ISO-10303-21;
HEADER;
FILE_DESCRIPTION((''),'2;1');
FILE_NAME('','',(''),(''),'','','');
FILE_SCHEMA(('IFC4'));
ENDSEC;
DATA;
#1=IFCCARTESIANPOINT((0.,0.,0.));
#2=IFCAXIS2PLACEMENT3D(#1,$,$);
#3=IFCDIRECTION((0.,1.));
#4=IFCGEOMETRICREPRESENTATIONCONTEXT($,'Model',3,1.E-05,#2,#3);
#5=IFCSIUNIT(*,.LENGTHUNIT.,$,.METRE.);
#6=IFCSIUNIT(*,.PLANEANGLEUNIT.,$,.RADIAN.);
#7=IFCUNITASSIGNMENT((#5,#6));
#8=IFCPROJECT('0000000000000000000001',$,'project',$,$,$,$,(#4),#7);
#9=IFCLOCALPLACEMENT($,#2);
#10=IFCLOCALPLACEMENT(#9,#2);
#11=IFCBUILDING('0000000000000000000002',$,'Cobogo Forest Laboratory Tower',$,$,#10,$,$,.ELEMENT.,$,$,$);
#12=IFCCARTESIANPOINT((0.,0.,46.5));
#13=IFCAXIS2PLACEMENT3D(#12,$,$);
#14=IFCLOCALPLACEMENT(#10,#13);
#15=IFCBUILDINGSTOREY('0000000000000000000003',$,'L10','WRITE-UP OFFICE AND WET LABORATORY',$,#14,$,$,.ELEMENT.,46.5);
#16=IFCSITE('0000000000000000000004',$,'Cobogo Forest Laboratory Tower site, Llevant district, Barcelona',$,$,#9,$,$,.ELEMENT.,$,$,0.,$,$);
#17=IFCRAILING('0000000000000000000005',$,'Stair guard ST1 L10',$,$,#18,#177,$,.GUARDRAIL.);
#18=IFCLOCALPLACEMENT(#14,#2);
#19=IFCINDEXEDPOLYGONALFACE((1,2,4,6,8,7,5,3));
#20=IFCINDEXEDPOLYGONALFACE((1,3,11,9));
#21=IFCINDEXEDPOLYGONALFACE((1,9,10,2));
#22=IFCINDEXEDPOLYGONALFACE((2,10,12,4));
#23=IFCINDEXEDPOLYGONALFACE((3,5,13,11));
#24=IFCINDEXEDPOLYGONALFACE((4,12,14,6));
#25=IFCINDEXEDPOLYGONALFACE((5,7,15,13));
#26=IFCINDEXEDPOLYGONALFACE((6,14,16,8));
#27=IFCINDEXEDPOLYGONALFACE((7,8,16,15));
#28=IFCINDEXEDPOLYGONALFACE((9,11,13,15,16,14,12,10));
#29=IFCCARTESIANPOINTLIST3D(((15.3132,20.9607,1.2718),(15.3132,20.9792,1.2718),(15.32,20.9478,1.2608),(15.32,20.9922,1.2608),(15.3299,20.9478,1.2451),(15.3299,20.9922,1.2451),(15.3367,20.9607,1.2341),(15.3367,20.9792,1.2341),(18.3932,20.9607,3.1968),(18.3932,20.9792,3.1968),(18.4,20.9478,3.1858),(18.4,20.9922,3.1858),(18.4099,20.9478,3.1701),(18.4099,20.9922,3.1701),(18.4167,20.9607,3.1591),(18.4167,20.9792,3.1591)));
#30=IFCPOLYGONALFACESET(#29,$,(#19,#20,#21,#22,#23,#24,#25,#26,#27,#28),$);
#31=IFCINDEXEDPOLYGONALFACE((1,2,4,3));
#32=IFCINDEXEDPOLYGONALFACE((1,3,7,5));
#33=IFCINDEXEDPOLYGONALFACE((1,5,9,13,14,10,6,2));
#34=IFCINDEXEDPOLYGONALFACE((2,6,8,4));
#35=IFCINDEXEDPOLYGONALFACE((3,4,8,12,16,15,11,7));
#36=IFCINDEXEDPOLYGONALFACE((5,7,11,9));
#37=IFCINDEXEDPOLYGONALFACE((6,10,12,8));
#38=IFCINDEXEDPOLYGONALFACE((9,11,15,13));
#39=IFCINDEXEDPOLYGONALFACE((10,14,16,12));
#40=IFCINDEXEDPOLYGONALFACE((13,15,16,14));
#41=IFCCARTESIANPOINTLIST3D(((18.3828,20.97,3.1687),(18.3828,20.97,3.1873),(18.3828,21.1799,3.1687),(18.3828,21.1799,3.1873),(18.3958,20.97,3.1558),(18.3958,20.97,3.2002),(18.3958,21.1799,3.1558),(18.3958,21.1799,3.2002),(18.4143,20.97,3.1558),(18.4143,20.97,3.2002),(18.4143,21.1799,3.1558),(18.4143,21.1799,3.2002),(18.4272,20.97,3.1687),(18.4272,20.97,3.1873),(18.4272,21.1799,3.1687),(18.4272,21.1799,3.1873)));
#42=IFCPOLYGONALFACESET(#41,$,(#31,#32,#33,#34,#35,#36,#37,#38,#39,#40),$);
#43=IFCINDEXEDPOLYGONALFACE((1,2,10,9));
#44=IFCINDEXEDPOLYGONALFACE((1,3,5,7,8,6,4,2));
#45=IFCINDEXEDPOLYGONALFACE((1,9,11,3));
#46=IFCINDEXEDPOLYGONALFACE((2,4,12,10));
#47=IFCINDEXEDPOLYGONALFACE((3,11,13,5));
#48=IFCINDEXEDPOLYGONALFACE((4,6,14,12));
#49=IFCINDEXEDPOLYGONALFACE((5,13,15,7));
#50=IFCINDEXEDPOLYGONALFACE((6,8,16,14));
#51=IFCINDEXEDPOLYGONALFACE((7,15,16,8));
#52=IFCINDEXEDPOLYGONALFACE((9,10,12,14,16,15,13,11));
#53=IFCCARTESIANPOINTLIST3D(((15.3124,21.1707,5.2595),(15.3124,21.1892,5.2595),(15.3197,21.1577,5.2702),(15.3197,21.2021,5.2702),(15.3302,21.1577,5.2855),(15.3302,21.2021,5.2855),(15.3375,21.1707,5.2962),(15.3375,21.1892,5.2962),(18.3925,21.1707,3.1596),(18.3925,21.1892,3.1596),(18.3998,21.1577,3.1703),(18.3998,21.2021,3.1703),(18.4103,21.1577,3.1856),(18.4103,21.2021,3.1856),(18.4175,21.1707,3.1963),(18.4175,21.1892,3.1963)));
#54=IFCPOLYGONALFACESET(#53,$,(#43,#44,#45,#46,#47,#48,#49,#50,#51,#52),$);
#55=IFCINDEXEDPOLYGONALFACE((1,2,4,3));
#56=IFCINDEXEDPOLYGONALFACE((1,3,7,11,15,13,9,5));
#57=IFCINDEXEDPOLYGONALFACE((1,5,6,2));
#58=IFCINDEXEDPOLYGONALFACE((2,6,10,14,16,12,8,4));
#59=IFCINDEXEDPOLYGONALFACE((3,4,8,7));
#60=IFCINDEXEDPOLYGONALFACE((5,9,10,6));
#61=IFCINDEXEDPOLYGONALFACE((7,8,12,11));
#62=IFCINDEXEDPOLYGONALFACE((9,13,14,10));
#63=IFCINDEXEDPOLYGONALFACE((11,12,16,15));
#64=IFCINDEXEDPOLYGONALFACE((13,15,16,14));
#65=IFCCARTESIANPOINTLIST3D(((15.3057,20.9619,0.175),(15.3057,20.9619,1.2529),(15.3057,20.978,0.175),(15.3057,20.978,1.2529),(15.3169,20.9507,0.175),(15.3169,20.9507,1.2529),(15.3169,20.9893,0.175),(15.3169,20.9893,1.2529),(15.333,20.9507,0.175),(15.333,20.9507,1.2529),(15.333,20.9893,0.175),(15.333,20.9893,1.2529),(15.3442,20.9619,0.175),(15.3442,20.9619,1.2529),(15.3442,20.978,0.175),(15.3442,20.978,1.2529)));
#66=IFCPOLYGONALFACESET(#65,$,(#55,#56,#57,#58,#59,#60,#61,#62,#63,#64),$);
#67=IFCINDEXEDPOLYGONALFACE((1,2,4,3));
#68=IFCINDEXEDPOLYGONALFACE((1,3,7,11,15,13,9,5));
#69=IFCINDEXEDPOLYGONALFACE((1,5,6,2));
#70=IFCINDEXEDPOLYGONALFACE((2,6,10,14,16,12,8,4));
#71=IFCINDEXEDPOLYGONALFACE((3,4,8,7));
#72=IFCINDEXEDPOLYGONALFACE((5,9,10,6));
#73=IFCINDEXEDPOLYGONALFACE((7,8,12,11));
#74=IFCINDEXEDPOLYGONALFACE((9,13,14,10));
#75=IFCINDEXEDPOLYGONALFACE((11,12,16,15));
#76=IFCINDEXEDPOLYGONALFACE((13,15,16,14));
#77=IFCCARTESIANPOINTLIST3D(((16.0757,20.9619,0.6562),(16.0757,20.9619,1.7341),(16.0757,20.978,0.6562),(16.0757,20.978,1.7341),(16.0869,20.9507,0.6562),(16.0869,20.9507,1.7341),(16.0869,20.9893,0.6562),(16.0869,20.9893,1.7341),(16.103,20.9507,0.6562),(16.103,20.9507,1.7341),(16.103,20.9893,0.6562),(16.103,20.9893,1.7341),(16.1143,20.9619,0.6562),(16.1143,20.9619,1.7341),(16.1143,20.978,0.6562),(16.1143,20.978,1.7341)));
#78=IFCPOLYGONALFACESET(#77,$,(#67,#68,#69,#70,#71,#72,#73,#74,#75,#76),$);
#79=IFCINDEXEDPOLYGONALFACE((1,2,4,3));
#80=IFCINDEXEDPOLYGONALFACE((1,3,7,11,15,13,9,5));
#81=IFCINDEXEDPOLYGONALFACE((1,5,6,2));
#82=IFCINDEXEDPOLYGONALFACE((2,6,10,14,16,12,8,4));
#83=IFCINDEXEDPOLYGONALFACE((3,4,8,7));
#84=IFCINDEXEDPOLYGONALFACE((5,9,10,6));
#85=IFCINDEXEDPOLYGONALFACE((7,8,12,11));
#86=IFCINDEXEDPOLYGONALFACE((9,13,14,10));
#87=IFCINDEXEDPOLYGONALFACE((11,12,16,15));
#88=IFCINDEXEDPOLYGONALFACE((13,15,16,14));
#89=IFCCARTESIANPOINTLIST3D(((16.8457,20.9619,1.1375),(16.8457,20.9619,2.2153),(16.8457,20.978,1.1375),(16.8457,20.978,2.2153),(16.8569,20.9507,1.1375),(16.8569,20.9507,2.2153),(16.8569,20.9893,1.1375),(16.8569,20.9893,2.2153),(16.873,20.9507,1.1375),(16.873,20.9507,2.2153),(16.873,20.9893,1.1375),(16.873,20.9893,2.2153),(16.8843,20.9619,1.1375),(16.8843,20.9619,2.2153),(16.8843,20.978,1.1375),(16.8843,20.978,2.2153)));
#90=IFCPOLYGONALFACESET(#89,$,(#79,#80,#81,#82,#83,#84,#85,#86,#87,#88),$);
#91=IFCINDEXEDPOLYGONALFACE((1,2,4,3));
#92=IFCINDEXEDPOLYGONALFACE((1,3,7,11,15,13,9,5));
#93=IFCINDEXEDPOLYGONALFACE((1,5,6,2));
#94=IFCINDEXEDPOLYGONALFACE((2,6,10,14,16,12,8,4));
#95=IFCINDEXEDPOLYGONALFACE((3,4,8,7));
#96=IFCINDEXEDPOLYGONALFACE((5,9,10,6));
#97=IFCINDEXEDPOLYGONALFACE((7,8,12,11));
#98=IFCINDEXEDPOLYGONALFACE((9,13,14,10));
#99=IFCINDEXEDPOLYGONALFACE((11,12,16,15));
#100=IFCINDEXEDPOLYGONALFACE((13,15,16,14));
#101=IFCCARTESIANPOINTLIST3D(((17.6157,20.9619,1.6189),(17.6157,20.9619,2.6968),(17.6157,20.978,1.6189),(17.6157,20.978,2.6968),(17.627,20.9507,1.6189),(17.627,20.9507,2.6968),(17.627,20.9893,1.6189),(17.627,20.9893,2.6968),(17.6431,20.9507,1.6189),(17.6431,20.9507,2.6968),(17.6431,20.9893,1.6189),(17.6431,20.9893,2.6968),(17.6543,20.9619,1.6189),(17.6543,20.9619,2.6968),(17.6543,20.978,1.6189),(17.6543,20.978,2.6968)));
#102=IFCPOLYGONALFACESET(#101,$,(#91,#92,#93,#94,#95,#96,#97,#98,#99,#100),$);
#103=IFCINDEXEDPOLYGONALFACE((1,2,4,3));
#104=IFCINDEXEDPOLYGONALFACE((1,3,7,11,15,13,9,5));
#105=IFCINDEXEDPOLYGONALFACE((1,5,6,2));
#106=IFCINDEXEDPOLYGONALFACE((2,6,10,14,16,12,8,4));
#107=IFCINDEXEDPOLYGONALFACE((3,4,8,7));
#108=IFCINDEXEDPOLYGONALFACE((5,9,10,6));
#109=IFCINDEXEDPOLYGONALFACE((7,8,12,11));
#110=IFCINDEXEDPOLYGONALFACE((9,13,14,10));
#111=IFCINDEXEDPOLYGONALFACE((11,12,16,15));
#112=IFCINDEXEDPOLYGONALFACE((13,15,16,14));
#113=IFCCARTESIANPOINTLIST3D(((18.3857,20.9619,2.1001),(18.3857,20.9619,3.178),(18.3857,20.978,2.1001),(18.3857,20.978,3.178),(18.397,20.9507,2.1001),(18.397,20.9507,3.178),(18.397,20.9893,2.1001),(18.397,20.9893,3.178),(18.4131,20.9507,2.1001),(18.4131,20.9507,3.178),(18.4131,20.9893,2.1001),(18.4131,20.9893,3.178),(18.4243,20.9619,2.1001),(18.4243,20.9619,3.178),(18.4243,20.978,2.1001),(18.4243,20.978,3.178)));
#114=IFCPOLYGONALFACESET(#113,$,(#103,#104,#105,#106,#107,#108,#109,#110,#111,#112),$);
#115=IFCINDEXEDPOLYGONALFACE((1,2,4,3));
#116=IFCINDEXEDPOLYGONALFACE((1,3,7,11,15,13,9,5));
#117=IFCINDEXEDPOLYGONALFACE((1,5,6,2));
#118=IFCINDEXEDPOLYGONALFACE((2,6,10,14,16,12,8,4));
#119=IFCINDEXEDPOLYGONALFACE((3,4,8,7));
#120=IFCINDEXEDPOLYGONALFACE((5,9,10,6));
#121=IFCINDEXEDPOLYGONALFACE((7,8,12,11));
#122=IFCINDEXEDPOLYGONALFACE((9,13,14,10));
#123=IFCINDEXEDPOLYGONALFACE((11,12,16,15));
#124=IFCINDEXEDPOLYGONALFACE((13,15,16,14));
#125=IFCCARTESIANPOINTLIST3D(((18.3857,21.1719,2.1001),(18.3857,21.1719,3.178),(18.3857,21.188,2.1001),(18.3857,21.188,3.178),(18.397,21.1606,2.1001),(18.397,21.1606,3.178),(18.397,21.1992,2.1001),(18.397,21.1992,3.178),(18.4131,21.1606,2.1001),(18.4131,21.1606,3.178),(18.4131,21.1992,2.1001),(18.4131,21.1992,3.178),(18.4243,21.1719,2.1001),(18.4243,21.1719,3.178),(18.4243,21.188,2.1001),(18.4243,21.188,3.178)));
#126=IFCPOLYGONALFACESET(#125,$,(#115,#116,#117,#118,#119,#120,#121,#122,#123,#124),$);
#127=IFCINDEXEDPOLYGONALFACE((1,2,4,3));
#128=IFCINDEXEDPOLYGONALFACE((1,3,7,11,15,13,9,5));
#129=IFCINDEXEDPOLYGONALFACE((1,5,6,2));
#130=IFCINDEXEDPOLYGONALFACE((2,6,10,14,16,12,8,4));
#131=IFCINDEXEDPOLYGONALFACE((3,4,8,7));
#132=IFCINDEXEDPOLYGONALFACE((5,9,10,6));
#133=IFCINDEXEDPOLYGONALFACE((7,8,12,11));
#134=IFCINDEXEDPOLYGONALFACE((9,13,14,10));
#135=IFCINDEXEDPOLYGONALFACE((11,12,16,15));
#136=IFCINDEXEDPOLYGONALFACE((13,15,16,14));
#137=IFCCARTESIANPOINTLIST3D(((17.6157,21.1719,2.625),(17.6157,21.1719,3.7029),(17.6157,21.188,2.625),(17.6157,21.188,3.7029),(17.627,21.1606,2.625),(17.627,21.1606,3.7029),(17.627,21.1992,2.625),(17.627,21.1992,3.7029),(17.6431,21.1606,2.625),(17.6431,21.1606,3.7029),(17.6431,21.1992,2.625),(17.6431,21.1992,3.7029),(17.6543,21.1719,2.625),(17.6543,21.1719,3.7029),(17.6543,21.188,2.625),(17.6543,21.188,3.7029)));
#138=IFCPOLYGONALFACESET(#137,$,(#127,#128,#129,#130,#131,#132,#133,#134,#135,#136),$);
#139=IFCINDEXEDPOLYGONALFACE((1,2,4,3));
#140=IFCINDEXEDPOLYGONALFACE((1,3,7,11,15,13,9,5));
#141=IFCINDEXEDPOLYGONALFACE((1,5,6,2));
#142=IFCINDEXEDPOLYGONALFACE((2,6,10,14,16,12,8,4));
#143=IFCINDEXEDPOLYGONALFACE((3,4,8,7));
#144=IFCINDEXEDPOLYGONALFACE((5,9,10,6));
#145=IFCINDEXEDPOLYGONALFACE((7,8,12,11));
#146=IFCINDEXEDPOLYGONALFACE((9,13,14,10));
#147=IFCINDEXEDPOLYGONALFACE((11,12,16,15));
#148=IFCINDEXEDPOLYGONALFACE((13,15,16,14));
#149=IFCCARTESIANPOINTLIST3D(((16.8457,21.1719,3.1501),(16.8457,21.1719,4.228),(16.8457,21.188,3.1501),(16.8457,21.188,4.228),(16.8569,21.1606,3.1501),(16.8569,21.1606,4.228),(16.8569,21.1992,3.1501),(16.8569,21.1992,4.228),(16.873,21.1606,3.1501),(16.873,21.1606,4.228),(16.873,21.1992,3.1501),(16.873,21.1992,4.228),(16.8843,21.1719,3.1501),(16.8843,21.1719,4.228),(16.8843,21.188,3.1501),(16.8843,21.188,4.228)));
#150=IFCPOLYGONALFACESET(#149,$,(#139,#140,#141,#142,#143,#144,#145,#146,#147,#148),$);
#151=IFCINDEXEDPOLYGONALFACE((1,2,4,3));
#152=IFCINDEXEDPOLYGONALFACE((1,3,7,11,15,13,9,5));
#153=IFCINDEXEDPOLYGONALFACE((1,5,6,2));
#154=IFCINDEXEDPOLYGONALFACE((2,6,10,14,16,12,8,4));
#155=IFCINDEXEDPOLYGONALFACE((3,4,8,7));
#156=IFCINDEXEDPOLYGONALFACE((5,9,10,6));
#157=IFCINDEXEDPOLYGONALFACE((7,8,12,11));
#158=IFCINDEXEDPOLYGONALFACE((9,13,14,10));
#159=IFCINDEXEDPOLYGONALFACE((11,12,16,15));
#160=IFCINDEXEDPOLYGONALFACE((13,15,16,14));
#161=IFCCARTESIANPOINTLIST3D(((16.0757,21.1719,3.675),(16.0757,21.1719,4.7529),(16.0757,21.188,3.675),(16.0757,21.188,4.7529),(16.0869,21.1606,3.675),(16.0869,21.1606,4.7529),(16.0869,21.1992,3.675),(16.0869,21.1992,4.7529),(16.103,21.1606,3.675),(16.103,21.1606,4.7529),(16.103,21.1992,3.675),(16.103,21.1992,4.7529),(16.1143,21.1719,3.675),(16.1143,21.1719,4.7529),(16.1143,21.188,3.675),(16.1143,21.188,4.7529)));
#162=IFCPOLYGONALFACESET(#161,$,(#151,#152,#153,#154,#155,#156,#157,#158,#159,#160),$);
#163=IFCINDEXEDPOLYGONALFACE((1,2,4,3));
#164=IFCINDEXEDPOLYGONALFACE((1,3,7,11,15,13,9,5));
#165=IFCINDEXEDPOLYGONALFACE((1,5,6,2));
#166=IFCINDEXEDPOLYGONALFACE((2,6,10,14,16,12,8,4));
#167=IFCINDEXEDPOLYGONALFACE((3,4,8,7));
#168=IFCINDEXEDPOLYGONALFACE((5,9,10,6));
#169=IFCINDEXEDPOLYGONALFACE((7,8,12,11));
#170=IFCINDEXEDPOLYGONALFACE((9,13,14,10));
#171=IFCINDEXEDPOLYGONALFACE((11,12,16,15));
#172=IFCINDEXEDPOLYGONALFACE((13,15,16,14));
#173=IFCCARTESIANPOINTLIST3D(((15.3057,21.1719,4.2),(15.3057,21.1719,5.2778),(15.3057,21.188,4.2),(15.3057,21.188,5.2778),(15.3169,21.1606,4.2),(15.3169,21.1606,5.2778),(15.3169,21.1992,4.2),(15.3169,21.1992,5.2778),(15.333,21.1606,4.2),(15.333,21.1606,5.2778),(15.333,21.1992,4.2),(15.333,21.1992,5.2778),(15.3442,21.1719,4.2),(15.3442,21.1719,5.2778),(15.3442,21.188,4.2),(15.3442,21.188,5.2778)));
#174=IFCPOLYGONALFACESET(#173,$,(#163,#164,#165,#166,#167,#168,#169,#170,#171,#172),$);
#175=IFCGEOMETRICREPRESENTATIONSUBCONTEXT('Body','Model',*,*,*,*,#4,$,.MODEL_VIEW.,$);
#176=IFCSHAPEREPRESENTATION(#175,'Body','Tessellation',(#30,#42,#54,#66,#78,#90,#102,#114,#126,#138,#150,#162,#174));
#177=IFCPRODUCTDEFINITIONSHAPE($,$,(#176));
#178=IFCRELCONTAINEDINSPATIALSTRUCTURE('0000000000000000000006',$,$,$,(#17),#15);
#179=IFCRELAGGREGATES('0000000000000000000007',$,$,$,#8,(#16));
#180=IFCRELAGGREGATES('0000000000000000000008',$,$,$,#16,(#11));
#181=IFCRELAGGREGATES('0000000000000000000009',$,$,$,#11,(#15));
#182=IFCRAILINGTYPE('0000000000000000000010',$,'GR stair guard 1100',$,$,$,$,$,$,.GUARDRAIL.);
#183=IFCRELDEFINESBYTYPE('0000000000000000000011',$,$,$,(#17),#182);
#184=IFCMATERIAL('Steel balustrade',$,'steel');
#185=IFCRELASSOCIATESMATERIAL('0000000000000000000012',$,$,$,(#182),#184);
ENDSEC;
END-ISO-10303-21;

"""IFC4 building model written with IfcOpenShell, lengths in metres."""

from ifc_helpers import new_model, si_unit, direction, frame, origin, place, context, subcontext, project, spatial, polyline, outline, extrude, material, type_object, element, save


model = new_model("IFC4")

# Units and contexts
model_context = context("Model", 3, precision=1e-05, world=origin(), true_north=direction((0.0, 1.0)))
body_context = subcontext(model_context, "Body", "Model", "MODEL_VIEW")
ifc_project = project(units=[si_unit("LENGTHUNIT", "METRE"), si_unit("PLANEANGLEUNIT", "RADIAN")], contexts=[model_context])

# Site, building, storey
site_placement = place(None, origin())
site = spatial("IfcSite", under=ifc_project, at=site_placement, Name="Cobogo Forest Laboratory Tower site, Llevant district, Barcelona", CompositionType="ELEMENT", RefElevation=0.0)
building_placement = place(site_placement, origin())
building = spatial("IfcBuilding", under=site, at=building_placement, Name="Cobogo Forest Laboratory Tower", CompositionType="ELEMENT")
storey_placement = place(building_placement, frame((0.0, 0.0, 46.5)))
storey = spatial("IfcBuildingStorey", under=building, at=storey_placement, Name="L10", Description="WRITE-UP OFFICE AND WET LABORATORY", CompositionType="ELEMENT", Elevation=46.5)

# Railing
ifc_material_1 = material(Name="Steel balustrade", Category="steel")
railing_type = type_object("IfcRailingType", Name="GR stair guard 1100", PredefinedType="GUARDRAIL", material=ifc_material_1)
railing_placement = place(storey_placement, frame((15.325, 20.97, 0.175)))
element("IfcRailing", 1, at=railing_placement, inside=storey, type_object=railing_type, Name="Stair guard ST1 L10", PredefinedType="GUARDRAIL", context=body_context, shape_type="SweptSolid", body=[
    extrude(outline(polyline([(0.0222, 0.0093), (0.0093, 0.0222), (-0.0093, 0.0222), (-0.0222, 0.0093), (-0.0222, -0.0093), (-0.0093, -0.0222), (0.0093, -0.0222), (0.0222, -0.0093), (0.0222, 0.0093)])), frame((0.0, 0.0, 1.0779), z_axis=(0.847998, 0.0, 0.529999), x_axis=(0.0, 1.0, 0.0)), (0.0, 0.0, 1.0), 3.6321),
    extrude(outline(polyline([(0.0222, 0.0093), (0.0093, 0.0222), (-0.0093, 0.0222), (-0.0222, 0.0093), (-0.0222, -0.0093), (-0.0093, -0.0222), (0.0093, -0.0222), (0.0222, -0.0093), (0.0222, 0.0093)])), frame((3.0801, 0.0, 3.0029), z_axis=(0.0, 1.0, 0.0), x_axis=(-1.0, 0.0, 0.0)), (0.0, 0.0, 1.0), 0.21),
    extrude(outline(polyline([(0.0222, 0.0093), (0.0093, 0.0222), (-0.0093, 0.0222), (-0.0222, 0.0093), (-0.0222, -0.0093), (-0.0093, -0.0222), (0.0093, -0.0222), (0.0222, -0.0093), (0.0222, 0.0093)])), frame((3.0801, 0.21, 3.0029), z_axis=(-0.826252, 0.0, 0.5633), x_axis=(0.0, -1.0, 0.0)), (0.0, 0.0, 1.0), 3.7278),
    extrude(outline(polyline([(0.0193, 0.0081), (0.0081, 0.0193), (-0.0081, 0.0193), (-0.0193, 0.0081), (-0.0193, -0.0081), (-0.0081, -0.0193), (0.0081, -0.0193), (0.0193, -0.0081), (0.0193, 0.0081)])), origin(), (0.0, 0.0, 1.0), 1.0779),
    extrude(outline(polyline([(0.0193, 0.0081), (0.0081, 0.0193), (-0.0081, 0.0193), (-0.0193, 0.0081), (-0.0193, -0.0081), (-0.0081, -0.0193), (0.0081, -0.0193), (0.0193, -0.0081), (0.0193, 0.0081)])), frame((0.77, 0.0, 0.4812)), (0.0, 0.0, 1.0), 1.0779),
    extrude(outline(polyline([(0.0193, 0.0081), (0.0081, 0.0193), (-0.0081, 0.0193), (-0.0193, 0.0081), (-0.0193, -0.0081), (-0.0081, -0.0193), (0.0081, -0.0193), (0.0193, -0.0081), (0.0193, 0.0081)])), frame((1.54, 0.0, 0.9624)), (0.0, 0.0, 1.0), 1.0779),
    extrude(outline(polyline([(0.0193, 0.0081), (0.0081, 0.0193), (-0.0081, 0.0193), (-0.0193, 0.0081), (-0.0193, -0.0081), (-0.0081, -0.0193), (0.0081, -0.0193), (0.0193, -0.0081), (0.0193, 0.0081)])), frame((2.3101, 0.0, 1.4438)), (0.0, 0.0, 1.0), 1.0779),
    extrude(outline(polyline([(0.0193, 0.0081), (0.0081, 0.0193), (-0.0081, 0.0193), (-0.0193, 0.0081), (-0.0193, -0.0081), (-0.0081, -0.0193), (0.0081, -0.0193), (0.0193, -0.0081), (0.0193, 0.0081)])), frame((3.0801, 0.0, 1.925)), (0.0, 0.0, 1.0), 1.0779),
    extrude(outline(polyline([(0.0193, 0.0081), (0.0081, 0.0193), (-0.0081, 0.0193), (-0.0193, 0.0081), (-0.0193, -0.0081), (-0.0081, -0.0193), (0.0081, -0.0193), (0.0193, -0.0081), (0.0193, 0.0081)])), frame((3.0801, 0.21, 1.925)), (0.0, 0.0, 1.0), 1.0779),
    extrude(outline(polyline([(0.0193, 0.0081), (0.0081, 0.0193), (-0.0081, 0.0193), (-0.0193, 0.0081), (-0.0193, -0.0081), (-0.0081, -0.0193), (0.0081, -0.0193), (0.0193, -0.0081), (0.0193, 0.0081)])), frame((2.3101, 0.21, 2.45)), (0.0, 0.0, 1.0), 1.0779),
    extrude(outline(polyline([(0.0193, 0.0081), (0.0081, 0.0193), (-0.0081, 0.0193), (-0.0193, 0.0081), (-0.0193, -0.0081), (-0.0081, -0.0193), (0.0081, -0.0193), (0.0193, -0.0081), (0.0193, 0.0081)])), frame((1.54, 0.21, 2.9751)), (0.0, 0.0, 1.0), 1.0779),
    extrude(outline(polyline([(0.0193, 0.0081), (0.0081, 0.0193), (-0.0081, 0.0193), (-0.0193, 0.0081), (-0.0193, -0.0081), (-0.0081, -0.0193), (0.0081, -0.0193), (0.0193, -0.0081), (0.0193, 0.0081)])), frame((0.77, 0.21, 3.5)), (0.0, 0.0, 1.0), 1.0779),
    extrude(outline(polyline([(0.0193, 0.0081), (0.0081, 0.0193), (-0.0081, 0.0193), (-0.0193, 0.0081), (-0.0193, -0.0081), (-0.0081, -0.0193), (0.0081, -0.0193), (0.0193, -0.0081), (0.0193, 0.0081)])), frame((0.0, 0.21, 4.0249)), (0.0, 0.0, 1.0), 1.0779),
])

save(model, "model.ifc")
